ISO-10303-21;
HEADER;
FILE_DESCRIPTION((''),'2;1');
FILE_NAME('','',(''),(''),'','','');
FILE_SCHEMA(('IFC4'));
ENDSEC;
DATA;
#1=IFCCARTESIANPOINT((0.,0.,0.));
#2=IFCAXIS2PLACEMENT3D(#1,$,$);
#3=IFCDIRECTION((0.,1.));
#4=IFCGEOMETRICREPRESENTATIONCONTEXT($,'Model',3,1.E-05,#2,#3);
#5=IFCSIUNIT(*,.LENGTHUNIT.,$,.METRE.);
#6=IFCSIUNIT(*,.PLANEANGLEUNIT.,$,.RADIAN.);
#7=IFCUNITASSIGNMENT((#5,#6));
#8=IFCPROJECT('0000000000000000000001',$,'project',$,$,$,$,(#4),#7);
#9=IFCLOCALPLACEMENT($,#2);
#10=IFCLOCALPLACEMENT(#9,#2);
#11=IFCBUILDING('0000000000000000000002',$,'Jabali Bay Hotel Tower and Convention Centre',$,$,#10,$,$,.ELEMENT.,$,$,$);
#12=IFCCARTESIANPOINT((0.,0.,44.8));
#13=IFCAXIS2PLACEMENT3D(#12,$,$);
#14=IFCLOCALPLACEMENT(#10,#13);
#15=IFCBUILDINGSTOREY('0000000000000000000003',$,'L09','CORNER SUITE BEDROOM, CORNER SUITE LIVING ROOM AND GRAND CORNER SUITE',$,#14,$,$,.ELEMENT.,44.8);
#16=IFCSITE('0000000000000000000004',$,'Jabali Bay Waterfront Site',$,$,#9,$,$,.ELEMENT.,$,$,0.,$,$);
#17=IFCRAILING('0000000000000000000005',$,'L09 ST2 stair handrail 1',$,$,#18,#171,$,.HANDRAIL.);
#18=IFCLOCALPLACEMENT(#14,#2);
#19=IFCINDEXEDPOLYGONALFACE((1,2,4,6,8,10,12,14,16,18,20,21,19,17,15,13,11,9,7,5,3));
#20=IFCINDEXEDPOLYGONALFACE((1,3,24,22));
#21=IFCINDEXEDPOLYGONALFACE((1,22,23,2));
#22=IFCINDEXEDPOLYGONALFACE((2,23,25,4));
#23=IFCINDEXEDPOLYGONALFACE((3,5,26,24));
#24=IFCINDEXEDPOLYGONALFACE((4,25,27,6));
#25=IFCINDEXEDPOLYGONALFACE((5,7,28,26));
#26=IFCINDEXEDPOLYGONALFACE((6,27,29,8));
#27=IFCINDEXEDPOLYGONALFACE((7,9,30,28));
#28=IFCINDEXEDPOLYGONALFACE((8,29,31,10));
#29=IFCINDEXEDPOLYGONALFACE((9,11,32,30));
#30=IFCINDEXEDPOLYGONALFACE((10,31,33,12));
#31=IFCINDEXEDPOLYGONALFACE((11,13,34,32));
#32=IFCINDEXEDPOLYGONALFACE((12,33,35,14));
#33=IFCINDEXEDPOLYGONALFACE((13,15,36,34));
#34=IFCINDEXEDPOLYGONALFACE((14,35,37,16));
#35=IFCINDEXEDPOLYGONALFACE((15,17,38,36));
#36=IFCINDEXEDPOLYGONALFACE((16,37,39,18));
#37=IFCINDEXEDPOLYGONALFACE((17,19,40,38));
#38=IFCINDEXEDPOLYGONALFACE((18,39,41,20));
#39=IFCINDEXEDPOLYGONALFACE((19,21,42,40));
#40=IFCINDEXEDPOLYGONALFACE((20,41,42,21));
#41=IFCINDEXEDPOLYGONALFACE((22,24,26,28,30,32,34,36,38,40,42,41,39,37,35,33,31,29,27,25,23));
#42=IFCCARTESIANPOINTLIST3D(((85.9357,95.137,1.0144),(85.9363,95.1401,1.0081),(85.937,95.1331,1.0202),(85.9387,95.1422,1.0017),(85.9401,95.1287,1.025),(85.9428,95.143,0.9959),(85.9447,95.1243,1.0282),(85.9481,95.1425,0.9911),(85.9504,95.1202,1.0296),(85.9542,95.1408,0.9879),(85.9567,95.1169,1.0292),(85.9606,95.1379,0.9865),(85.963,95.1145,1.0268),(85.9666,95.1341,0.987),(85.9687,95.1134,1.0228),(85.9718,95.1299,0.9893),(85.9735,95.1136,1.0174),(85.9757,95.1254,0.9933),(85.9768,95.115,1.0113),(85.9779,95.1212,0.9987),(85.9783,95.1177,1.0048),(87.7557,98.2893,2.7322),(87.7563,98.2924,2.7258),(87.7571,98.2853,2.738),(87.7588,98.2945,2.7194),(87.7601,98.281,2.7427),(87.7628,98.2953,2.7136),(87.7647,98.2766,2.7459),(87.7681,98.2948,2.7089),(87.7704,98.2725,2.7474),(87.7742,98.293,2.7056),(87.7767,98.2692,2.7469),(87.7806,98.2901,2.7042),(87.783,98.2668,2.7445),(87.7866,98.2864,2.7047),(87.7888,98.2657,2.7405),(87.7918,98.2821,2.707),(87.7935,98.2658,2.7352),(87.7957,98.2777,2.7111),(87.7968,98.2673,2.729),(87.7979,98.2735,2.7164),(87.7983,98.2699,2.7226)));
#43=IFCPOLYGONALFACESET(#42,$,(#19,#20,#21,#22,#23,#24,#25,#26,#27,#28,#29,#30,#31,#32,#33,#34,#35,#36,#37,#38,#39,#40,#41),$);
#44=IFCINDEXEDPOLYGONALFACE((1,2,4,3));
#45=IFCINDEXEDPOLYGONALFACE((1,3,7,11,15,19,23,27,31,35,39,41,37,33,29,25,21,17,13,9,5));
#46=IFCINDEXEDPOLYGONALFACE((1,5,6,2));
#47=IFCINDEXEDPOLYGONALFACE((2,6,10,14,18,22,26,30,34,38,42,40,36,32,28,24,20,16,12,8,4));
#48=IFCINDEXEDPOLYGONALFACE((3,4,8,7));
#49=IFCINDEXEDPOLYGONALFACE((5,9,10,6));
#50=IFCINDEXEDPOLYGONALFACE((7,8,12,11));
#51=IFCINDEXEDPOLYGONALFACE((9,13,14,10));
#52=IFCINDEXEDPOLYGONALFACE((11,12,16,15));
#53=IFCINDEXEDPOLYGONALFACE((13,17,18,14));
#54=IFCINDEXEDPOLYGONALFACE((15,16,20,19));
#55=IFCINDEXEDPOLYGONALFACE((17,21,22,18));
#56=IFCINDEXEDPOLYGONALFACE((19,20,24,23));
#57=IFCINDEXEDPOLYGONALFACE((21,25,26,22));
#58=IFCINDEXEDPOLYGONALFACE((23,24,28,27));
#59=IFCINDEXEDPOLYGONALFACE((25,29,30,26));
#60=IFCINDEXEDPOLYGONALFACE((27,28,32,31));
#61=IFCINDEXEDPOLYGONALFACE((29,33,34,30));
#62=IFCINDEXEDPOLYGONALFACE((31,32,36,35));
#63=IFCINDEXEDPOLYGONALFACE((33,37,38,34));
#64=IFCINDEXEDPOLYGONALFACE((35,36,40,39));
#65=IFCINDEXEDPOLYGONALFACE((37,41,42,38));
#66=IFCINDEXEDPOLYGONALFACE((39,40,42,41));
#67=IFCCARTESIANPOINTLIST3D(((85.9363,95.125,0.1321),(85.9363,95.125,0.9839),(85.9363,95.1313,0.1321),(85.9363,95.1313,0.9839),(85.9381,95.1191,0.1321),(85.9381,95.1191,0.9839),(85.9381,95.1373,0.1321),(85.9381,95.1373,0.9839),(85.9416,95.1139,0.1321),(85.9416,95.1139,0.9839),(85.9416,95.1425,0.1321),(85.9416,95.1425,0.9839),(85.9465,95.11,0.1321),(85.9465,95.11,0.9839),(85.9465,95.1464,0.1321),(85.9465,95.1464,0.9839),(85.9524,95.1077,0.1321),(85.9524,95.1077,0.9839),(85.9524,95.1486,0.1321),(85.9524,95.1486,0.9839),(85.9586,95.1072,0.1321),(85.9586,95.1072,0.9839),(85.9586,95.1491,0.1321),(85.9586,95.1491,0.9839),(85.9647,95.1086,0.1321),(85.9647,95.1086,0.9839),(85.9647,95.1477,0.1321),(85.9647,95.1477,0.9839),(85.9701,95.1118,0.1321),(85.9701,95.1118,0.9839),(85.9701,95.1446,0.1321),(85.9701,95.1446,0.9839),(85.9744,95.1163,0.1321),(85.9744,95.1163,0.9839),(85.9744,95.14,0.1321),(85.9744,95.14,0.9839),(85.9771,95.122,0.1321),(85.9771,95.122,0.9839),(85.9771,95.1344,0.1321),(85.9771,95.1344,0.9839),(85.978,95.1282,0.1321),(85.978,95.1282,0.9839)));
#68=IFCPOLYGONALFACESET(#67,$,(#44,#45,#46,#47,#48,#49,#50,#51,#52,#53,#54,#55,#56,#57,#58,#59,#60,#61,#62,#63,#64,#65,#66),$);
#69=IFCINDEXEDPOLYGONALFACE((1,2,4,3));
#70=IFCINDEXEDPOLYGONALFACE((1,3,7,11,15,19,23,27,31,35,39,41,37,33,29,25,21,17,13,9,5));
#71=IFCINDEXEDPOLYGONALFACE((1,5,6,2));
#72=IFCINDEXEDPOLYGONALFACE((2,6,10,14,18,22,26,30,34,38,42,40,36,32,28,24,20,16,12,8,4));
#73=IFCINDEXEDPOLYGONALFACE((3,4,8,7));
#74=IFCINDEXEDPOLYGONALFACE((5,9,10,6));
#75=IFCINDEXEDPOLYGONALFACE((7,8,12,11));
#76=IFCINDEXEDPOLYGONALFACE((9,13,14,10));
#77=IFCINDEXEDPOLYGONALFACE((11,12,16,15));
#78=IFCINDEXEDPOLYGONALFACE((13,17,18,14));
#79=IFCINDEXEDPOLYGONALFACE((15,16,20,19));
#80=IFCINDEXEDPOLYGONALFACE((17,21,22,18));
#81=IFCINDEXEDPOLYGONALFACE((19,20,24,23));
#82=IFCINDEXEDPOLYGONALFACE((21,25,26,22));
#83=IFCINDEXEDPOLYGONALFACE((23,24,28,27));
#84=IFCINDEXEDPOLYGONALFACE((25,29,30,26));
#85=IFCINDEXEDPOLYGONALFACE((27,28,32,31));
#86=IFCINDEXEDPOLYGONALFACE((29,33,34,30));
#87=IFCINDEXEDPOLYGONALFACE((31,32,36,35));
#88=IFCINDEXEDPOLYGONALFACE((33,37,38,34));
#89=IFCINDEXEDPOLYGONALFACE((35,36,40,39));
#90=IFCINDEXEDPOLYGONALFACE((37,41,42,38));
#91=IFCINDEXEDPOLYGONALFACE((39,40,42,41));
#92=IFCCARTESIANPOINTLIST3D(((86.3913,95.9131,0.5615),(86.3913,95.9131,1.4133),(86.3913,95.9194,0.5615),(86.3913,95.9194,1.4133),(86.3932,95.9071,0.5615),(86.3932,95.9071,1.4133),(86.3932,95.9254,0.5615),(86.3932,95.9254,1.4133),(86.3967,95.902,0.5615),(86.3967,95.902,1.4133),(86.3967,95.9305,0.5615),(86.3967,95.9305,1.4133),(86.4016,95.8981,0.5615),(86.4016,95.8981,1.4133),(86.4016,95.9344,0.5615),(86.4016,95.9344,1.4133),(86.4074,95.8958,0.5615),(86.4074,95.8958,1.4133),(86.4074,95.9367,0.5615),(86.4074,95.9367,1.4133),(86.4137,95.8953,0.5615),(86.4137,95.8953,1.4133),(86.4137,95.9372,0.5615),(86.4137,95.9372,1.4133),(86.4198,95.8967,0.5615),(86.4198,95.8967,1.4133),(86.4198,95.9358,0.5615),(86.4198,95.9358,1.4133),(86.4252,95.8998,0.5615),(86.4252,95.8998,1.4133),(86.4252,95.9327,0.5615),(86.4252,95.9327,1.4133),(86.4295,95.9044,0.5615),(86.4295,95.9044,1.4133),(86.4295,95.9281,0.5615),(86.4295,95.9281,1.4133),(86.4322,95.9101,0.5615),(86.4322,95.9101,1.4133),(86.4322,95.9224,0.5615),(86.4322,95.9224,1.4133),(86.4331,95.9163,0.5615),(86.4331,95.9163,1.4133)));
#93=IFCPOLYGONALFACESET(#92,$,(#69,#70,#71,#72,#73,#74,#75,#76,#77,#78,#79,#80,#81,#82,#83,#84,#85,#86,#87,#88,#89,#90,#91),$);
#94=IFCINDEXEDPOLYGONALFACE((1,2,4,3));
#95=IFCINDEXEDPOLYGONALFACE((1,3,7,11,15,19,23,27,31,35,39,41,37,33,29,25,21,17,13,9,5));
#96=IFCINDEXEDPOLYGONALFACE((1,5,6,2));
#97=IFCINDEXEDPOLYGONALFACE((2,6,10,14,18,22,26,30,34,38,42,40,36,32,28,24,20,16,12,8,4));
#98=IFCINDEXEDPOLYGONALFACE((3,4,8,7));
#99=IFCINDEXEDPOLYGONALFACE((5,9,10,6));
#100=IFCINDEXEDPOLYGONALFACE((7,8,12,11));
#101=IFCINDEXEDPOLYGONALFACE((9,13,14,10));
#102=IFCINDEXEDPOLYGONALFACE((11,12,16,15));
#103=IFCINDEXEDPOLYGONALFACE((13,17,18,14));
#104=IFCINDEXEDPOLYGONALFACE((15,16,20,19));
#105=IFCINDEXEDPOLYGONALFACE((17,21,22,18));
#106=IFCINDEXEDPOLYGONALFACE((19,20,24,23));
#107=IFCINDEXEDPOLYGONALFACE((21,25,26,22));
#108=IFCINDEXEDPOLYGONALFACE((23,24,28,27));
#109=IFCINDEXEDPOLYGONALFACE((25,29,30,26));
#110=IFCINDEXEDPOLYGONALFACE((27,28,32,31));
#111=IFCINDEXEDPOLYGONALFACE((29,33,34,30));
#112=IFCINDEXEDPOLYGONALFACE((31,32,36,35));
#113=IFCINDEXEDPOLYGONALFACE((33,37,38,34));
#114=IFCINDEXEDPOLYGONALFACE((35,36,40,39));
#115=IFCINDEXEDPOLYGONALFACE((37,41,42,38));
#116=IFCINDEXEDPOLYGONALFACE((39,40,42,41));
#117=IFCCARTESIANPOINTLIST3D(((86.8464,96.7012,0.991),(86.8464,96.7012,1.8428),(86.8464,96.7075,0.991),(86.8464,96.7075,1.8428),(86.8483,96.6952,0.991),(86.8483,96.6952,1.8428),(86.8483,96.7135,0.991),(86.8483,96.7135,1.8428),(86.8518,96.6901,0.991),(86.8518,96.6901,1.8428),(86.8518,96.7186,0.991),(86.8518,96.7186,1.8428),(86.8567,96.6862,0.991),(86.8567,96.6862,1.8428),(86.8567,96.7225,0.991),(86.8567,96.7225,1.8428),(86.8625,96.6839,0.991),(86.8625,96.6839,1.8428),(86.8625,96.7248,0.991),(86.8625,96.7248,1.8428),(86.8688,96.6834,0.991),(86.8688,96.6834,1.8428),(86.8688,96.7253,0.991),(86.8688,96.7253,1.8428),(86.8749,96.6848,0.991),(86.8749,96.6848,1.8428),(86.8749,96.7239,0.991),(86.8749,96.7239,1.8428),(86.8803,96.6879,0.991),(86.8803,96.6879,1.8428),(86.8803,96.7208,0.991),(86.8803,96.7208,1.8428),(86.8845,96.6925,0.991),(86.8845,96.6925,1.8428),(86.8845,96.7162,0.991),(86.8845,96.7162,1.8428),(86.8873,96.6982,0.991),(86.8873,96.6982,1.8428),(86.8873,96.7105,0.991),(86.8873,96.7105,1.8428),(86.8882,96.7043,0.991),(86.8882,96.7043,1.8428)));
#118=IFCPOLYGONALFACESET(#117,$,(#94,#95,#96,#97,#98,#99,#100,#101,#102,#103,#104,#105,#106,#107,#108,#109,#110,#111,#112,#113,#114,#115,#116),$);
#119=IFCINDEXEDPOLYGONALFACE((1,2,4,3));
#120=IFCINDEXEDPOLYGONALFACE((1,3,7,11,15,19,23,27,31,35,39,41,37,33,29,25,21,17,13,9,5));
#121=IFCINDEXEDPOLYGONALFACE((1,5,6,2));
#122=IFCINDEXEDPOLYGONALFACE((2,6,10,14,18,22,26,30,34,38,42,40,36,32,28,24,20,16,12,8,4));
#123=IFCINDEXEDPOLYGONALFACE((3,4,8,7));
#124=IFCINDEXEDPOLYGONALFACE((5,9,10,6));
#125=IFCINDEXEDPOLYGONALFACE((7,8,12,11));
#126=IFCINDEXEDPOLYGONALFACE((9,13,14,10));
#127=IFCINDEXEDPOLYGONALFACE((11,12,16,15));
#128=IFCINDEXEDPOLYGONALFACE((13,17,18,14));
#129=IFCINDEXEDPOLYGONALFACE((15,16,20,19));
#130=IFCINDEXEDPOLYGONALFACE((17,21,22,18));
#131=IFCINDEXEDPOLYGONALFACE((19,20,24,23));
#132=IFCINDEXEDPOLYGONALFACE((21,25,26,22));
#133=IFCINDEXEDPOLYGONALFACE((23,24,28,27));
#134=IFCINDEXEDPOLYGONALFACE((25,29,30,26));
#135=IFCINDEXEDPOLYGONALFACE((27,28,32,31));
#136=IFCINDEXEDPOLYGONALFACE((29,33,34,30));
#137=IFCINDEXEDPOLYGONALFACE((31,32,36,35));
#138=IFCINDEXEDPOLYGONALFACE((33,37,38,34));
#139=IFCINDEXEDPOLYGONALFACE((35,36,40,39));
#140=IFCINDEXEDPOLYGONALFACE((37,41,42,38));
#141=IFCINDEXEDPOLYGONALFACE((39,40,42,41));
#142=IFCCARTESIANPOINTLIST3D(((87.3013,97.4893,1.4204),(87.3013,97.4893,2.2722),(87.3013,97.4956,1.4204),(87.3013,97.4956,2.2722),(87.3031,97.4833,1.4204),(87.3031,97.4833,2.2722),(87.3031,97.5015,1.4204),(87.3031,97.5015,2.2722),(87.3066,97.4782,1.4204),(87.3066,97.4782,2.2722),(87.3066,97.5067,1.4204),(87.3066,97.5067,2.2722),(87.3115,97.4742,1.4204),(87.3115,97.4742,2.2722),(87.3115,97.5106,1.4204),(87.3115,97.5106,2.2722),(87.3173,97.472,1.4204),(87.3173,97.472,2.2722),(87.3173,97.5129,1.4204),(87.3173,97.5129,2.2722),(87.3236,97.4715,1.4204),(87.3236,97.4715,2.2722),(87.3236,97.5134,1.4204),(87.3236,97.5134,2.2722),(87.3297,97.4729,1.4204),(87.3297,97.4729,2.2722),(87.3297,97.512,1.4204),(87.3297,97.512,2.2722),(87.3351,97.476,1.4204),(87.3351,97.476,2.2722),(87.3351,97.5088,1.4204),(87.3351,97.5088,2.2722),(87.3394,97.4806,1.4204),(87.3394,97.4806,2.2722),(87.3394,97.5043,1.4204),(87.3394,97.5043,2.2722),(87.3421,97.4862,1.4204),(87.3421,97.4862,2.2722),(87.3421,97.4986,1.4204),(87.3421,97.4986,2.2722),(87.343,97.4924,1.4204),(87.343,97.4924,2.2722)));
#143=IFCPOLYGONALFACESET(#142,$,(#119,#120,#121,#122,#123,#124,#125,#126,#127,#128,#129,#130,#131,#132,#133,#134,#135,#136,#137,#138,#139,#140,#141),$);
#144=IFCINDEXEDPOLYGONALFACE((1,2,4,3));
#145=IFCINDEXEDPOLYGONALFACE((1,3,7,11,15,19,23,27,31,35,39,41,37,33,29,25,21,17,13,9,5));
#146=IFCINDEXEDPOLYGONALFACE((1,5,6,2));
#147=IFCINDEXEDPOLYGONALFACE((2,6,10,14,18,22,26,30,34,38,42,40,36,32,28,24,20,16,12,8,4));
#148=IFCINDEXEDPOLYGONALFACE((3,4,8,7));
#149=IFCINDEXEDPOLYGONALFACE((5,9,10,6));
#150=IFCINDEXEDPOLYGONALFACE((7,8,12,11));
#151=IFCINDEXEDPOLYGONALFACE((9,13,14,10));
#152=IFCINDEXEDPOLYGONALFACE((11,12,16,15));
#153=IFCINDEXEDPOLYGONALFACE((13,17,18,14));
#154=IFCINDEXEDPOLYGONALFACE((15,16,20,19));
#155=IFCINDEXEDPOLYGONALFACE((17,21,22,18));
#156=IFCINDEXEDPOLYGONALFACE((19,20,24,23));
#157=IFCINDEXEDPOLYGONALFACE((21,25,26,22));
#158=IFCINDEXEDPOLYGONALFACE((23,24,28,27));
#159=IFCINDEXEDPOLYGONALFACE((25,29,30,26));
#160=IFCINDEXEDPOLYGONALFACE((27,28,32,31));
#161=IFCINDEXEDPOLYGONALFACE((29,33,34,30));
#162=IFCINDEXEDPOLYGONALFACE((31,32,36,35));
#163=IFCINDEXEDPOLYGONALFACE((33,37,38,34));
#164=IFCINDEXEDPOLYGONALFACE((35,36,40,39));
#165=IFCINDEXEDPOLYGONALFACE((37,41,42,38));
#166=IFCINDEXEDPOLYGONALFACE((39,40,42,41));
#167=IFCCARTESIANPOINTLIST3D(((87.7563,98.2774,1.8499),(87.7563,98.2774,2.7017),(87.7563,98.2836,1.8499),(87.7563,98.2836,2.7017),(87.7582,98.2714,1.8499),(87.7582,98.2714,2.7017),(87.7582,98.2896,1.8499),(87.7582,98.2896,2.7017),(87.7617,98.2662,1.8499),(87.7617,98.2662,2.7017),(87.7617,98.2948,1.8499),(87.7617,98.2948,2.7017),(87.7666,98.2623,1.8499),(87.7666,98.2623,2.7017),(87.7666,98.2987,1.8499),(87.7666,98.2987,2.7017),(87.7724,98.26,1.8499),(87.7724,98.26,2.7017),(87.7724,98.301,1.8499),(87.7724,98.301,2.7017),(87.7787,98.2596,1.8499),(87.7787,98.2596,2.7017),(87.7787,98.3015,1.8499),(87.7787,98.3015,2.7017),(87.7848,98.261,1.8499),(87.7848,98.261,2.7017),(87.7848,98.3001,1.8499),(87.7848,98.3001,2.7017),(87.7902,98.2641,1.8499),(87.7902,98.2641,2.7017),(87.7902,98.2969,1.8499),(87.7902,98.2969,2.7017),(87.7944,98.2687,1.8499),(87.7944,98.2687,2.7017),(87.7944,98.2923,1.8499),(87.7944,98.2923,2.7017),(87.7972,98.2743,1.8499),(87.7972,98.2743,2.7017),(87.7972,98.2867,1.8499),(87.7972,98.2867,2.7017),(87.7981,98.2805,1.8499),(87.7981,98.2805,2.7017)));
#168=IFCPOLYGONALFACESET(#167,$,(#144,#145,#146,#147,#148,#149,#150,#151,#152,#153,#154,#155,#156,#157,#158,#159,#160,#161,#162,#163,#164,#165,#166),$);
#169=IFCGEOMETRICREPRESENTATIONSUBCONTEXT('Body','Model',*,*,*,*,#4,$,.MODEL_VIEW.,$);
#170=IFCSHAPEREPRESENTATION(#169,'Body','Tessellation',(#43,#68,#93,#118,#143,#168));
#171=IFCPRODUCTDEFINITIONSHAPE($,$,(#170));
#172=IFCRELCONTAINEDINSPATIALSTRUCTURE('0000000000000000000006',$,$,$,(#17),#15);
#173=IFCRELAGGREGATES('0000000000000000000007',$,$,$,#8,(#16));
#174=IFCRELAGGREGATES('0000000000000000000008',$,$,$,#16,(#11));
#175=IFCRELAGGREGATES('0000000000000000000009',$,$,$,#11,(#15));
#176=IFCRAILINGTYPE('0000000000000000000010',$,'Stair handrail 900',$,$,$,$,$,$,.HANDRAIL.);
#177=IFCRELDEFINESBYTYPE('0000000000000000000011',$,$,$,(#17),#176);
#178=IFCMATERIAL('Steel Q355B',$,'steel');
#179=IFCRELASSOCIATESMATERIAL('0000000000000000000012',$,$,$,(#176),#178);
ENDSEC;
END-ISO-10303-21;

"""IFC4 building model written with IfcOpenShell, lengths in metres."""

from ifc_helpers import new_model, si_unit, direction, frame, origin, origin_2d, place, context, subcontext, project, spatial, circle, extrude, material, type_object, element, save


model = new_model("IFC4")

# Units and contexts
model_context = context("Model", 3, precision=1e-05, world=origin(), true_north=direction((0.0, 1.0)))
body_context = subcontext(model_context, "Body", "Model", "MODEL_VIEW")
ifc_project = project(units=[si_unit("LENGTHUNIT", "METRE"), si_unit("PLANEANGLEUNIT", "RADIAN")], contexts=[model_context])

# Site, building, storey
site_placement = place(None, origin())
site = spatial("IfcSite", under=ifc_project, at=site_placement, Name="Jabali Bay Waterfront Site", CompositionType="ELEMENT", RefElevation=0.0)
building_placement = place(site_placement, origin())
building = spatial("IfcBuilding", under=site, at=building_placement, Name="Jabali Bay Hotel Tower and Convention Centre", CompositionType="ELEMENT")
storey_placement = place(building_placement, frame((0.0, 0.0, 44.8)))
storey = spatial("IfcBuildingStorey", under=building, at=storey_placement, Name="L09", Description="CORNER SUITE BEDROOM, CORNER SUITE LIVING ROOM AND GRAND CORNER SUITE", CompositionType="ELEMENT", Elevation=44.8)

# Railing
ifc_material_1 = material(Name="Steel Q355B", Category="steel")
railing_type_1 = type_object("IfcRailingType", Name="Stair handrail 900", PredefinedType="HANDRAIL", material=ifc_material_1)
railing_1_placement = place(storey_placement, frame((85.957, 95.1282, 0.1321)))
element("IfcRailing", 1, at=railing_1_placement, inside=storey, type_object=railing_type_1, Name="L09 ST2 stair handrail 1", PredefinedType="HANDRAIL", context=body_context, shape_type="SweptSolid", body=[
    extrude(circle(Radius=0.0239, at=origin_2d()), frame((0.0, 0.0, 0.876), z_axis=(0.45219, 0.78319, 0.426775), x_axis=(-0.866018, 0.500013, 0.0)), (0.0, 0.0, 1.0), 4.0249),
    extrude(circle(Radius=0.021, at=origin_2d()), origin(), (0.0, 0.0, 1.0), 0.8518),
    extrude(circle(Radius=0.021, at=origin_2d()), frame((0.4551, 0.7881, 0.4294)), (0.0, 0.0, 1.0), 0.8518),
    extrude(circle(Radius=0.021, at=origin_2d()), frame((0.9102, 1.5762, 0.8589)), (0.0, 0.0, 1.0), 0.8518),
    extrude(circle(Radius=0.021, at=origin_2d()), frame((1.365, 2.3643, 1.2883)), (0.0, 0.0, 1.0), 0.8518),
    extrude(circle(Radius=0.021, at=origin_2d()), frame((1.8201, 3.1523, 1.7178)), (0.0, 0.0, 1.0), 0.8518),
])

save(model, "model.ifc")
